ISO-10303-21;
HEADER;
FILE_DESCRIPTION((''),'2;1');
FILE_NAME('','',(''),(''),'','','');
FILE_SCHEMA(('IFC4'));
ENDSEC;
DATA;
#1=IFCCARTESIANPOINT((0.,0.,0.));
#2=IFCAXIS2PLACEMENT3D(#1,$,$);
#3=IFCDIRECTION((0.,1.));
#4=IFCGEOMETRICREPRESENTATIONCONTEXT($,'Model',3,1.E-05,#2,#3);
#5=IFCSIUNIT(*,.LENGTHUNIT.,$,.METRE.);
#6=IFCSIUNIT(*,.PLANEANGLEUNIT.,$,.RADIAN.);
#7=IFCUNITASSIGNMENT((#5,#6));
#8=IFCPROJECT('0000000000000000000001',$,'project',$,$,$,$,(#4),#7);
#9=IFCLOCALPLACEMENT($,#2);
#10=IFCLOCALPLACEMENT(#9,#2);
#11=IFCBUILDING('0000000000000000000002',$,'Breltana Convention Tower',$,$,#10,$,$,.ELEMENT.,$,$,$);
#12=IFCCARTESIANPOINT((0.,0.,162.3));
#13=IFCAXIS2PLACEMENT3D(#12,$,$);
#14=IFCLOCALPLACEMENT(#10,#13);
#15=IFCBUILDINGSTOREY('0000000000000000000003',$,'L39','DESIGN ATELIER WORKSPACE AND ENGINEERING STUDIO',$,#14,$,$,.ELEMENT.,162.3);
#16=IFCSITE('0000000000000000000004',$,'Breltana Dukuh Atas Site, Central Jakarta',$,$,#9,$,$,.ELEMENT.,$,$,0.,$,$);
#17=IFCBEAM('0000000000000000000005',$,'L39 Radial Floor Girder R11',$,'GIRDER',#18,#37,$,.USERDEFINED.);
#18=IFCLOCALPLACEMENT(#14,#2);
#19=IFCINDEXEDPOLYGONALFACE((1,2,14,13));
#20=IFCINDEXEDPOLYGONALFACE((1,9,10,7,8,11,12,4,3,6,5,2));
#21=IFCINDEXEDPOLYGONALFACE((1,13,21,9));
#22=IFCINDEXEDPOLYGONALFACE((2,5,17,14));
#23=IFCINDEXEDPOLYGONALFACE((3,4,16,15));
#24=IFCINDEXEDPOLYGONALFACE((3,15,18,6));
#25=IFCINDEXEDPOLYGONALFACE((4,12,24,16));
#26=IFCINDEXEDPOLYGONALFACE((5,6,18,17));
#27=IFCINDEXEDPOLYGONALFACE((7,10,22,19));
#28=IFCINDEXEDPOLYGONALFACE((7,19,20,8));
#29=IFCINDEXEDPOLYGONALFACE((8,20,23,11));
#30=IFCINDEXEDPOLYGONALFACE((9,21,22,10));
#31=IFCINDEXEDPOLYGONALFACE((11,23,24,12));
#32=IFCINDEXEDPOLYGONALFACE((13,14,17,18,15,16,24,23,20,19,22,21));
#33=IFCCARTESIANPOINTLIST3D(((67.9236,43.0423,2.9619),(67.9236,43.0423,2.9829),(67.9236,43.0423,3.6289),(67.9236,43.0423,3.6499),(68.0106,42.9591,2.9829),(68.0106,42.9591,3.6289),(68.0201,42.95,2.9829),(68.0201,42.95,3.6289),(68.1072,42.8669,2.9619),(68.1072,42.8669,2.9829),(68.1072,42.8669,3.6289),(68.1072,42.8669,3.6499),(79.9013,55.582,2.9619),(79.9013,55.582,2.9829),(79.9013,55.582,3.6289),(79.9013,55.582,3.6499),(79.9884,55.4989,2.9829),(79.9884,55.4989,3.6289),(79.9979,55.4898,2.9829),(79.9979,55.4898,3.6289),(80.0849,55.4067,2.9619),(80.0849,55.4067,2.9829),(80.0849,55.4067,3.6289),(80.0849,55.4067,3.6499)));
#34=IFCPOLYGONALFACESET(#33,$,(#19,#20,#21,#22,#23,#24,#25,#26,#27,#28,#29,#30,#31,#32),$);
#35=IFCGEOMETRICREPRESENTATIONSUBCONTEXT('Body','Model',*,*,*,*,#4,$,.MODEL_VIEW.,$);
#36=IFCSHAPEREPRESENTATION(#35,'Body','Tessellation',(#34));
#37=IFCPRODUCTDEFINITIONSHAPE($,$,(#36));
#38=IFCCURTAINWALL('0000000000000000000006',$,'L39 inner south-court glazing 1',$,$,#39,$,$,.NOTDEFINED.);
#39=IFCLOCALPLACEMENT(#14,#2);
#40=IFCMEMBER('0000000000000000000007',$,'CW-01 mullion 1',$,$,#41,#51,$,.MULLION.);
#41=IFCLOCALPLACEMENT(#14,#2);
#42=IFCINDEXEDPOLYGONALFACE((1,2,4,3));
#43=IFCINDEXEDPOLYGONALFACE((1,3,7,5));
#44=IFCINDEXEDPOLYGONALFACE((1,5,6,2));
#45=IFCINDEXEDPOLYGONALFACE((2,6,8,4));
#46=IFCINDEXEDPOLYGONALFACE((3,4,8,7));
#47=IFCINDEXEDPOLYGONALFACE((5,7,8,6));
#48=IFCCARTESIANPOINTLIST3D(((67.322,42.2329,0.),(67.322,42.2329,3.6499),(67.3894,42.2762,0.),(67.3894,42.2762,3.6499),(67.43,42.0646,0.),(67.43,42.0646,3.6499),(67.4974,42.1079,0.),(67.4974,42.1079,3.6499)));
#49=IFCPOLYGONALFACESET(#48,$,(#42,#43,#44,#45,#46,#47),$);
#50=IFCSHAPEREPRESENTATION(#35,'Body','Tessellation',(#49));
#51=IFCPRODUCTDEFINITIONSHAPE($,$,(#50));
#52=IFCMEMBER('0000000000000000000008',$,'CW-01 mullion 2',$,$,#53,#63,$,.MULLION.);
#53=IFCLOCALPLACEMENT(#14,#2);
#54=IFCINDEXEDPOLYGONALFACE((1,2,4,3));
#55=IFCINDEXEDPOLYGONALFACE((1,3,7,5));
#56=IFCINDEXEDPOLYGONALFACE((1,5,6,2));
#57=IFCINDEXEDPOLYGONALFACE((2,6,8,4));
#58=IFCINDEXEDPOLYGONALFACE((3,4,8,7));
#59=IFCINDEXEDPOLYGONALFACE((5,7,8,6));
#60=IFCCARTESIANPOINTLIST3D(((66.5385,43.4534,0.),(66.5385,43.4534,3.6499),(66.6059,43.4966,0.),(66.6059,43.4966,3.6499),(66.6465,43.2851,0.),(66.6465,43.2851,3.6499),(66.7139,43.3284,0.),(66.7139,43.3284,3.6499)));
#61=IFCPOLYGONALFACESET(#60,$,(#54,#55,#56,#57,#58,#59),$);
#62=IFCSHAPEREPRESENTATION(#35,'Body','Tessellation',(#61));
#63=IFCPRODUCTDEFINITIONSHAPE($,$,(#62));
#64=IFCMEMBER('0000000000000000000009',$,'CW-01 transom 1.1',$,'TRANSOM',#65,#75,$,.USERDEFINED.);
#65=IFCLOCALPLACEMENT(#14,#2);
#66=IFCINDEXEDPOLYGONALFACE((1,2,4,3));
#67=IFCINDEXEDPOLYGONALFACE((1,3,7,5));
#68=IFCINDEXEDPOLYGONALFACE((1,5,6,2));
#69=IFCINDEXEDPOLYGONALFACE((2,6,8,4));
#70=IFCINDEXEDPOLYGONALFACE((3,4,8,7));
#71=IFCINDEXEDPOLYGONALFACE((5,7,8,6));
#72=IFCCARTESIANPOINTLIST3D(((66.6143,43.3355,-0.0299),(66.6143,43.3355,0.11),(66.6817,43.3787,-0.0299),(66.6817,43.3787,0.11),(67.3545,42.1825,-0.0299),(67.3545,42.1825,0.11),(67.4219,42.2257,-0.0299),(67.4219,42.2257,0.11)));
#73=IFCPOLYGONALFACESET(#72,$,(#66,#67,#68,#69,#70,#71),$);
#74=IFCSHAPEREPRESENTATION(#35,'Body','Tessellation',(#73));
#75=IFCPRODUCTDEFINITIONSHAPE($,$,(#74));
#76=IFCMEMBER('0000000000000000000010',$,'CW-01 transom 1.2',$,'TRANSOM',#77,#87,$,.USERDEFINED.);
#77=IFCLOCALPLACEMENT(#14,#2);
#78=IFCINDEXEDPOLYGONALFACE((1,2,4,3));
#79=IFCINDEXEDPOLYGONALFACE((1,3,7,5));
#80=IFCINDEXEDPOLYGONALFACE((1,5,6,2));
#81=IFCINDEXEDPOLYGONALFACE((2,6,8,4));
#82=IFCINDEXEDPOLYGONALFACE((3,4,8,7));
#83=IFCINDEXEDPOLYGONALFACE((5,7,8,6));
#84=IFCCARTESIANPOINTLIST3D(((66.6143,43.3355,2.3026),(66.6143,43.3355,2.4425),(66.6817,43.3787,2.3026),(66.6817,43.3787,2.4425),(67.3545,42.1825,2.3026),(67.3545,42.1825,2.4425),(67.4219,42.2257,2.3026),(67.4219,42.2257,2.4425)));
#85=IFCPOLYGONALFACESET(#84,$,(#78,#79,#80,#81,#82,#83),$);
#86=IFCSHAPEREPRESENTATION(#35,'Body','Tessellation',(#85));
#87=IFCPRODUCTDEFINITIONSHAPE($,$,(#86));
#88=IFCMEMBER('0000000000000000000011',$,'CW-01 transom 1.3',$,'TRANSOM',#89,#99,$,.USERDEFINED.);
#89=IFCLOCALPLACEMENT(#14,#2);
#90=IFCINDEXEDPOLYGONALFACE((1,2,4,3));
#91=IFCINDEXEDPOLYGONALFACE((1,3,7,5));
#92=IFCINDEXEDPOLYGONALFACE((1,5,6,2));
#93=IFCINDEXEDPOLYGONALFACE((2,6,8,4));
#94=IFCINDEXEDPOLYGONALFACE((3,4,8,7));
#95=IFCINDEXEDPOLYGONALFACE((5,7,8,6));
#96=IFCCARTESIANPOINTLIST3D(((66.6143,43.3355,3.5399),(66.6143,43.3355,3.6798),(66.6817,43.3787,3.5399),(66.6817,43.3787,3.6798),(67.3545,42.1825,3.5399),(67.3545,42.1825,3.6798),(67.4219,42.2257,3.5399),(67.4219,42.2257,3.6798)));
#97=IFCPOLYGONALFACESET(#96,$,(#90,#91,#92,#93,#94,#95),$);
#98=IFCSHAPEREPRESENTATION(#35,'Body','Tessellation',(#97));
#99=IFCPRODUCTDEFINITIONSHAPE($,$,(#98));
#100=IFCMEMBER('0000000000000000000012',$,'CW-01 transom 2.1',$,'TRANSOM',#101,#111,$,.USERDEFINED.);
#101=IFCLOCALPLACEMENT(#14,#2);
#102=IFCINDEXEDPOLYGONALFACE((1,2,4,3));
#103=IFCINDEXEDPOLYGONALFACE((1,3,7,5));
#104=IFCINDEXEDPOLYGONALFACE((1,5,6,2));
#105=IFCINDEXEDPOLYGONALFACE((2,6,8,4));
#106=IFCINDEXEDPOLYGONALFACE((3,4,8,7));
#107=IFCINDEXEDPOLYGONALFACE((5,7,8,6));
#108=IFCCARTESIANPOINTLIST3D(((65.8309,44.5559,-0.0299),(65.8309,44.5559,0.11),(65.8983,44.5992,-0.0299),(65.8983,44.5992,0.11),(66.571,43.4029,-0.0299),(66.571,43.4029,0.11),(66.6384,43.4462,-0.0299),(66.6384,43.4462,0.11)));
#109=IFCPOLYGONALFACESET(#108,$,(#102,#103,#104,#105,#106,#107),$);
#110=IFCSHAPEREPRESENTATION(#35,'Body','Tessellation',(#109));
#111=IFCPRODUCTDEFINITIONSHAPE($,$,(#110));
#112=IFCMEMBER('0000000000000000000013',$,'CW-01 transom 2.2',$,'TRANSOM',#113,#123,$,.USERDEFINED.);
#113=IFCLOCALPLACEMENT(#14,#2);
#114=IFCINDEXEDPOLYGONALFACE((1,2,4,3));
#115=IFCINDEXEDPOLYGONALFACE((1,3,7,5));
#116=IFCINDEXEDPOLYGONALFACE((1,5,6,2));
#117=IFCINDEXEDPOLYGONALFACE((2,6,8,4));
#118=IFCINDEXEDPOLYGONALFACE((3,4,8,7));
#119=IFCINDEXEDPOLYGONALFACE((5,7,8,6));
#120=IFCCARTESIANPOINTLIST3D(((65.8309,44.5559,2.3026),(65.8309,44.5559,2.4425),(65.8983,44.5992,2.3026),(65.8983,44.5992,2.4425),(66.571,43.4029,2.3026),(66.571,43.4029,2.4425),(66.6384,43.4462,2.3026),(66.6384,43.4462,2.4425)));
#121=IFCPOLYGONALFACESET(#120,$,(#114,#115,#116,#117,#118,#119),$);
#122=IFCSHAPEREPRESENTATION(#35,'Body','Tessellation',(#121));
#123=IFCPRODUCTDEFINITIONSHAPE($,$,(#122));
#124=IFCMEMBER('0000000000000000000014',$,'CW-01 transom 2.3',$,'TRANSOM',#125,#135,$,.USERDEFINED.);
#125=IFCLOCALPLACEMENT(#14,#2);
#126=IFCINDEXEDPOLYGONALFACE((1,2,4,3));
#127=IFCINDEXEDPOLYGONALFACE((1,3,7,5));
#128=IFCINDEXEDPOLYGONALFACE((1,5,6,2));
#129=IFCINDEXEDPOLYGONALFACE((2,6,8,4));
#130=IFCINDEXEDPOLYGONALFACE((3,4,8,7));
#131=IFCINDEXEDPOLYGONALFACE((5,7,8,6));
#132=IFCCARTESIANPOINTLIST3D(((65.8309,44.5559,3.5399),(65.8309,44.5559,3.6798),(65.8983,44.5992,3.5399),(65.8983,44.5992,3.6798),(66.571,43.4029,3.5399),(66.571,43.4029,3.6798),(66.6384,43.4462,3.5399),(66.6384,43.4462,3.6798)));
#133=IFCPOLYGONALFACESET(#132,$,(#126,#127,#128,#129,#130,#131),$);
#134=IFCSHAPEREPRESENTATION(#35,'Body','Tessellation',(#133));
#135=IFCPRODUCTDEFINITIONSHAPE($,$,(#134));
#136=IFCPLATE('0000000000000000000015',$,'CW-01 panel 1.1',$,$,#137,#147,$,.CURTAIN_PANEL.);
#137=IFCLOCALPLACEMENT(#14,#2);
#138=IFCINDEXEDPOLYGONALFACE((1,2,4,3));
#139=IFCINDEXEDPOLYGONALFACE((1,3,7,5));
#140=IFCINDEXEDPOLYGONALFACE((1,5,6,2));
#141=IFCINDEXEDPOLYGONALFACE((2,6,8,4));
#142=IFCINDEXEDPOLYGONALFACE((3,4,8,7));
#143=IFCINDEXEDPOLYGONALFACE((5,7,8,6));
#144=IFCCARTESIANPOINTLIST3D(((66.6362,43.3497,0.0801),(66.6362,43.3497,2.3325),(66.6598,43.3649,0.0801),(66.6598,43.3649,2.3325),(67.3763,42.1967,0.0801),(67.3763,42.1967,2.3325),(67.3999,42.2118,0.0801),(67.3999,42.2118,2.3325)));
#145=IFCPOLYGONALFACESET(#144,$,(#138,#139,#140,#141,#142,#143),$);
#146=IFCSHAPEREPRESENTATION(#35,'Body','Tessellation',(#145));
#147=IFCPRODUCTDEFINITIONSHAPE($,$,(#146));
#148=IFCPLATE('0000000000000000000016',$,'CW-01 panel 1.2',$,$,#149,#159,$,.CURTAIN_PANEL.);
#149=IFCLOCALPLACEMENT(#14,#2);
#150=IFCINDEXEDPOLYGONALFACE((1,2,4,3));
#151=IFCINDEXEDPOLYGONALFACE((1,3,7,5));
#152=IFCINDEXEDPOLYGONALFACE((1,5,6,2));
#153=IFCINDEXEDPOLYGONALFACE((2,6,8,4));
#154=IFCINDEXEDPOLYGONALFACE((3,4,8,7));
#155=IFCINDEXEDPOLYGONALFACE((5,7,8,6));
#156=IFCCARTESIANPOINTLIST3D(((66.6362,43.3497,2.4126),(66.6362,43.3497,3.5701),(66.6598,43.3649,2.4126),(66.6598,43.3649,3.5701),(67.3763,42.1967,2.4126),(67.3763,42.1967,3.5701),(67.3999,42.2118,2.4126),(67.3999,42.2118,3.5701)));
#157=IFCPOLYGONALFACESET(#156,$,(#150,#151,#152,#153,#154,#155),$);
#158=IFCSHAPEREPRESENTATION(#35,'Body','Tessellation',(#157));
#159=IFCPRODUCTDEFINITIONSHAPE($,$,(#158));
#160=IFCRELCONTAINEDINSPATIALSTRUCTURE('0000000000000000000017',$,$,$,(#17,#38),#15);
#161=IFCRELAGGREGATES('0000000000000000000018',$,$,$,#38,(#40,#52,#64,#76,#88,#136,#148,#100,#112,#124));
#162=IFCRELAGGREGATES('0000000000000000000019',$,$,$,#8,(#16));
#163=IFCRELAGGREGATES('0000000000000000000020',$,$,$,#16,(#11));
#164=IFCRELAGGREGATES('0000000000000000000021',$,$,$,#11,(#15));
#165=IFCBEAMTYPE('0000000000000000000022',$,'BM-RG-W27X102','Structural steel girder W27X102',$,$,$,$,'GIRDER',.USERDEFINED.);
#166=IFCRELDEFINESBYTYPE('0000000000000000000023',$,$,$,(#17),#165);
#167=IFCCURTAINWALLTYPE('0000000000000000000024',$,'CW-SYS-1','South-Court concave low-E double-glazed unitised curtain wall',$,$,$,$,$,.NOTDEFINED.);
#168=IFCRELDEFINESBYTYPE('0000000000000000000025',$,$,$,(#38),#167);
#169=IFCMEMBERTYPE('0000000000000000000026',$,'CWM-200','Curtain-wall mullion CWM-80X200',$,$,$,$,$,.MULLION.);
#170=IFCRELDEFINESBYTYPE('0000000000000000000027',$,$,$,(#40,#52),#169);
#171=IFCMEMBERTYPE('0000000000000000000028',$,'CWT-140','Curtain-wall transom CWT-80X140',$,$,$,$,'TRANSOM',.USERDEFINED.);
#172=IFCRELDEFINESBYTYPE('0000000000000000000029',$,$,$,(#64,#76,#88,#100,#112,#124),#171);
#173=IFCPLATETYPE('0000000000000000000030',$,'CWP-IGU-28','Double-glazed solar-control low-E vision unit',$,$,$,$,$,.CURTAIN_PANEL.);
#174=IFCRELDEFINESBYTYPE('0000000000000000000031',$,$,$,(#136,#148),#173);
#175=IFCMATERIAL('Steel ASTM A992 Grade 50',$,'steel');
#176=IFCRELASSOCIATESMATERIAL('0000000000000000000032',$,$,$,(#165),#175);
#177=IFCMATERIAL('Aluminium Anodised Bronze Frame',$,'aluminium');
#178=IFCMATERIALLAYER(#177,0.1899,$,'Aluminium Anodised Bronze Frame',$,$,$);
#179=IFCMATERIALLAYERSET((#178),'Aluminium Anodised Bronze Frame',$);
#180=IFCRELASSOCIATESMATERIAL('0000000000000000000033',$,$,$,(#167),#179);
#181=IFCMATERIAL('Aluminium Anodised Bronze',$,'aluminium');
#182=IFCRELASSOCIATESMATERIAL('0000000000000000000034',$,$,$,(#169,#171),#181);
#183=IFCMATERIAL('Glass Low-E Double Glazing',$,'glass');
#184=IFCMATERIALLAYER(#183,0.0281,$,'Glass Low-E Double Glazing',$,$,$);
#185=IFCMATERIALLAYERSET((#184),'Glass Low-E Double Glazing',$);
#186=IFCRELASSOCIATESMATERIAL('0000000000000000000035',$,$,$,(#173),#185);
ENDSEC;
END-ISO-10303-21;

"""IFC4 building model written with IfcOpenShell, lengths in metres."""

from ifc_helpers import new_model, si_unit, direction, frame, origin, origin_2d, place, context, subcontext, project, spatial, rectangle, i_section, extrude, source, transform, mapped, material, layer, layer_set, material_profile, profile_set, type_object, type_shapes, element, aggregate, save


model = new_model("IFC4")

# Units and contexts
model_context = context("Model", 3, precision=1e-05, world=origin(), true_north=direction((0.0, 1.0)))
body_context = subcontext(model_context, "Body", "Model", "MODEL_VIEW")
ifc_project = project(units=[si_unit("LENGTHUNIT", "METRE"), si_unit("PLANEANGLEUNIT", "RADIAN")], contexts=[model_context])

# Site, building, storey
site_placement = place(None, origin())
site = spatial("IfcSite", under=ifc_project, at=site_placement, Name="Breltana Dukuh Atas Site, Central Jakarta", CompositionType="ELEMENT", RefElevation=0.0)
building_placement = place(site_placement, origin())
building = spatial("IfcBuilding", under=site, at=building_placement, Name="Breltana Convention Tower", CompositionType="ELEMENT")
storey_placement = place(building_placement, frame((0.0, 0.0, 162.3)))
storey = spatial("IfcBuildingStorey", under=building, at=storey_placement, Name="L39", Description="DESIGN ATELIER WORKSPACE AND ENGINEERING STUDIO", CompositionType="ELEMENT", Elevation=162.3)

# Beam
ifc_material_1 = material(Name="Steel ASTM A992 Grade 50", Category="steel")
ifc_material_profile_1 = material_profile(ifc_material_1, i_section(OverallWidth=0.2539, OverallDepth=0.688, WebThickness=0.0132, FlangeThickness=0.021, at=origin_2d()), Name="W27X102")
ifc_profile_set_1 = profile_set([ifc_material_profile_1], Name="Steel ASTM A992 Grade 50")
beam_type = type_object("IfcBeamType", Name="BM-RG-W27X102", Description="Structural steel girder W27X102", ElementType="GIRDER", PredefinedType="USERDEFINED", material=ifc_profile_set_1)
shared_shape_1 = source(origin(), body_context, "Body", "SweptSolid", [
    extrude(i_section(OverallWidth=0.2539, OverallDepth=0.688, WebThickness=0.0132, FlangeThickness=0.021, at=origin_2d()), origin(), (0.0, 0.0, 1.0), 17.3411),
])
type_shapes(beam_type, [shared_shape_1])
beam_placement = place(storey_placement, frame((68.0154, 42.9546, 3.3059), z_axis=(0.690716, 0.723126, 0.0), x_axis=(-0.723126, 0.690716, 0.0)))
element("IfcBeam", 1, at=beam_placement, inside=storey, type_object=beam_type, Name="L39 Radial Floor Girder R11", ObjectType="GIRDER", PredefinedType="USERDEFINED", context=body_context, shape_type="MappedRepresentation", body=[
    mapped(shared_shape_1, transform((0.0, 0.0, 0.0), scale=1.0)),
])

# Curtain wall, members, plates
ifc_material_2 = material(Name="Aluminium Anodised Bronze Frame", Category="aluminium")
ifc_layer_1 = layer(ifc_material_2, 0.1899, Name="Aluminium Anodised Bronze Frame")
ifc_layer_set_1 = layer_set([ifc_layer_1], Name="Aluminium Anodised Bronze Frame")
curtain_wall_type = type_object("IfcCurtainWallType", Name="CW-SYS-1", Description="South-Court concave low-E double-glazed unitised curtain wall", PredefinedType="NOTDEFINED", material=ifc_layer_set_1)
curtain_wall_placement = place(storey_placement, origin())
curtain_wall = element("IfcCurtainWall", 2, at=curtain_wall_placement, inside=storey, type_object=curtain_wall_type, Name="L39 inner south-court glazing 1", PredefinedType="NOTDEFINED")
ifc_material_3 = material(Name="Aluminium Anodised Bronze", Category="aluminium")
ifc_material_profile_2 = material_profile(ifc_material_3, rectangle(XDim=0.0801, YDim=0.2, at=origin_2d()), Name="CWM-80X200")
ifc_profile_set_2 = profile_set([ifc_material_profile_2], Name="Aluminium Anodised Bronze")
member_type_1 = type_object("IfcMemberType", Name="CWM-200", Description="Curtain-wall mullion CWM-80X200", PredefinedType="MULLION", material=ifc_profile_set_2)
shared_shape_2 = source(origin(), body_context, "Body", "SweptSolid", [
    extrude(rectangle(XDim=0.0801, YDim=0.2, at=origin_2d()), origin(), (0.0, 0.0, 1.0), 3.6499),
])
member_1_placement = place(storey_placement, frame((67.4097, 42.1704, 0.0), z_axis=(0.0, 0.0, 1.0), x_axis=(-0.841547, -0.540184, 0.0)))
member_1 = element("IfcMember", 3, at=member_1_placement, type_object=member_type_1, Name="CW-01 mullion 1", PredefinedType="MULLION", context=body_context, shape_type="MappedRepresentation", body=[
    mapped(shared_shape_2, transform((0.0, 0.0, 0.0), scale=1.0)),
])
member_2_placement = place(storey_placement, frame((66.6262, 43.3909, 0.0), z_axis=(0.0, 0.0, 1.0), x_axis=(-0.841547, -0.540184, 0.0)))
member_2 = element("IfcMember", 4, at=member_2_placement, type_object=member_type_1, Name="CW-01 mullion 2", PredefinedType="MULLION", context=body_context, shape_type="MappedRepresentation", body=[
    mapped(shared_shape_2, transform((0.0, 0.0, 0.0), scale=1.0)),
])
ifc_material_profile_3 = material_profile(ifc_material_3, rectangle(XDim=0.0801, YDim=0.1399, at=origin_2d()), Name="CWT-80X140")
ifc_profile_set_3 = profile_set([ifc_material_profile_3], Name="Aluminium Anodised Bronze")
member_type_2 = type_object("IfcMemberType", Name="CWT-140", Description="Curtain-wall transom CWT-80X140", ElementType="TRANSOM", PredefinedType="USERDEFINED", material=ifc_profile_set_3)
shared_shape_3 = source(origin(), body_context, "Body", "SweptSolid", [
    extrude(rectangle(XDim=0.0801, YDim=0.1399, at=origin_2d()), origin(), (0.0, 0.0, 1.0), 1.3701),
])
member_3_placement = place(storey_placement, frame((67.3882, 42.2041, 0.04), z_axis=(-0.540226, 0.84152, 0.0), x_axis=(-0.84152, -0.540226, 0.0)))
member_3 = element("IfcMember", 5, at=member_3_placement, type_object=member_type_2, Name="CW-01 transom 1.1", ObjectType="TRANSOM", PredefinedType="USERDEFINED", context=body_context, shape_type="MappedRepresentation", body=[
    mapped(shared_shape_3, transform((0.0, 0.0, 0.0), scale=1.0)),
])
member_4_placement = place(storey_placement, frame((67.3882, 42.2041, 2.3726), z_axis=(-0.540226, 0.84152, 0.0), x_axis=(-0.84152, -0.540226, 0.0)))
member_4 = element("IfcMember", 6, at=member_4_placement, type_object=member_type_2, Name="CW-01 transom 1.2", ObjectType="TRANSOM", PredefinedType="USERDEFINED", context=body_context, shape_type="MappedRepresentation", body=[
    mapped(shared_shape_3, transform((0.0, 0.0, 0.0), scale=1.0)),
])
member_5_placement = place(storey_placement, frame((67.3882, 42.2041, 3.6099), z_axis=(-0.540226, 0.84152, 0.0), x_axis=(-0.84152, -0.540226, 0.0)))
member_5 = element("IfcMember", 7, at=member_5_placement, type_object=member_type_2, Name="CW-01 transom 1.3", ObjectType="TRANSOM", PredefinedType="USERDEFINED", context=body_context, shape_type="MappedRepresentation", body=[
    mapped(shared_shape_3, transform((0.0, 0.0, 0.0), scale=1.0)),
])
member_6_placement = place(storey_placement, frame((66.6047, 43.4246, 0.04), z_axis=(-0.540226, 0.84152, 0.0), x_axis=(-0.84152, -0.540226, 0.0)))
member_6 = element("IfcMember", 8, at=member_6_placement, type_object=member_type_2, Name="CW-01 transom 2.1", ObjectType="TRANSOM", PredefinedType="USERDEFINED", context=body_context, shape_type="MappedRepresentation", body=[
    mapped(shared_shape_3, transform((0.0, 0.0, 0.0), scale=1.0)),
])
member_7_placement = place(storey_placement, frame((66.6047, 43.4246, 2.3726), z_axis=(-0.540226, 0.84152, 0.0), x_axis=(-0.84152, -0.540226, 0.0)))
member_7 = element("IfcMember", 9, at=member_7_placement, type_object=member_type_2, Name="CW-01 transom 2.2", ObjectType="TRANSOM", PredefinedType="USERDEFINED", context=body_context, shape_type="MappedRepresentation", body=[
    mapped(shared_shape_3, transform((0.0, 0.0, 0.0), scale=1.0)),
])
member_8_placement = place(storey_placement, frame((66.6047, 43.4246, 3.6099), z_axis=(-0.540226, 0.84152, 0.0), x_axis=(-0.84152, -0.540226, 0.0)))
member_8 = element("IfcMember", 10, at=member_8_placement, type_object=member_type_2, Name="CW-01 transom 2.3", ObjectType="TRANSOM", PredefinedType="USERDEFINED", context=body_context, shape_type="MappedRepresentation", body=[
    mapped(shared_shape_3, transform((0.0, 0.0, 0.0), scale=1.0)),
])
ifc_material_4 = material(Name="Glass Low-E Double Glazing", Category="glass")
ifc_layer_2 = layer(ifc_material_4, 0.0281, Name="Glass Low-E Double Glazing")
ifc_layer_set_2 = layer_set([ifc_layer_2], Name="Glass Low-E Double Glazing")
plate_type = type_object("IfcPlateType", Name="CWP-IGU-28", Description="Double-glazed solar-control low-E vision unit", PredefinedType="CURTAIN_PANEL", material=ifc_layer_set_2)
shared_shape_4 = source(origin(), body_context, "Body", "SweptSolid", [
    extrude(rectangle(XDim=1.3701, YDim=0.0281, at=origin_2d()), origin(), (0.0, 0.0, 1.0), 2.2524),
])
plate_1_placement = place(storey_placement, frame((67.0181, 42.7808, 0.0801), z_axis=(0.0, 0.0, 1.0), x_axis=(-0.540184, 0.841547, 0.0)))
plate_1 = element("IfcPlate", 11, at=plate_1_placement, type_object=plate_type, Name="CW-01 panel 1.1", PredefinedType="CURTAIN_PANEL", context=body_context, shape_type="MappedRepresentation", body=[
    mapped(shared_shape_4, transform((0.0, 0.0, 0.0), scale=1.0)),
])
shared_shape_5 = source(origin(), body_context, "Body", "SweptSolid", [
    extrude(rectangle(XDim=1.3701, YDim=0.0281, at=origin_2d()), origin(), (0.0, 0.0, 1.0), 1.1575),
])
plate_2_placement = place(storey_placement, frame((67.0181, 42.7808, 2.4126), z_axis=(0.0, 0.0, 1.0), x_axis=(-0.540184, 0.841547, 0.0)))
plate_2 = element("IfcPlate", 12, at=plate_2_placement, type_object=plate_type, Name="CW-01 panel 1.2", PredefinedType="CURTAIN_PANEL", context=body_context, shape_type="MappedRepresentation", body=[
    mapped(shared_shape_5, transform((0.0, 0.0, 0.0), scale=1.0)),
])
aggregate(curtain_wall, [member_1, member_2, member_3, member_4, member_5, plate_1, plate_2, member_6, member_7, member_8])

save(model, "model.ifc")
